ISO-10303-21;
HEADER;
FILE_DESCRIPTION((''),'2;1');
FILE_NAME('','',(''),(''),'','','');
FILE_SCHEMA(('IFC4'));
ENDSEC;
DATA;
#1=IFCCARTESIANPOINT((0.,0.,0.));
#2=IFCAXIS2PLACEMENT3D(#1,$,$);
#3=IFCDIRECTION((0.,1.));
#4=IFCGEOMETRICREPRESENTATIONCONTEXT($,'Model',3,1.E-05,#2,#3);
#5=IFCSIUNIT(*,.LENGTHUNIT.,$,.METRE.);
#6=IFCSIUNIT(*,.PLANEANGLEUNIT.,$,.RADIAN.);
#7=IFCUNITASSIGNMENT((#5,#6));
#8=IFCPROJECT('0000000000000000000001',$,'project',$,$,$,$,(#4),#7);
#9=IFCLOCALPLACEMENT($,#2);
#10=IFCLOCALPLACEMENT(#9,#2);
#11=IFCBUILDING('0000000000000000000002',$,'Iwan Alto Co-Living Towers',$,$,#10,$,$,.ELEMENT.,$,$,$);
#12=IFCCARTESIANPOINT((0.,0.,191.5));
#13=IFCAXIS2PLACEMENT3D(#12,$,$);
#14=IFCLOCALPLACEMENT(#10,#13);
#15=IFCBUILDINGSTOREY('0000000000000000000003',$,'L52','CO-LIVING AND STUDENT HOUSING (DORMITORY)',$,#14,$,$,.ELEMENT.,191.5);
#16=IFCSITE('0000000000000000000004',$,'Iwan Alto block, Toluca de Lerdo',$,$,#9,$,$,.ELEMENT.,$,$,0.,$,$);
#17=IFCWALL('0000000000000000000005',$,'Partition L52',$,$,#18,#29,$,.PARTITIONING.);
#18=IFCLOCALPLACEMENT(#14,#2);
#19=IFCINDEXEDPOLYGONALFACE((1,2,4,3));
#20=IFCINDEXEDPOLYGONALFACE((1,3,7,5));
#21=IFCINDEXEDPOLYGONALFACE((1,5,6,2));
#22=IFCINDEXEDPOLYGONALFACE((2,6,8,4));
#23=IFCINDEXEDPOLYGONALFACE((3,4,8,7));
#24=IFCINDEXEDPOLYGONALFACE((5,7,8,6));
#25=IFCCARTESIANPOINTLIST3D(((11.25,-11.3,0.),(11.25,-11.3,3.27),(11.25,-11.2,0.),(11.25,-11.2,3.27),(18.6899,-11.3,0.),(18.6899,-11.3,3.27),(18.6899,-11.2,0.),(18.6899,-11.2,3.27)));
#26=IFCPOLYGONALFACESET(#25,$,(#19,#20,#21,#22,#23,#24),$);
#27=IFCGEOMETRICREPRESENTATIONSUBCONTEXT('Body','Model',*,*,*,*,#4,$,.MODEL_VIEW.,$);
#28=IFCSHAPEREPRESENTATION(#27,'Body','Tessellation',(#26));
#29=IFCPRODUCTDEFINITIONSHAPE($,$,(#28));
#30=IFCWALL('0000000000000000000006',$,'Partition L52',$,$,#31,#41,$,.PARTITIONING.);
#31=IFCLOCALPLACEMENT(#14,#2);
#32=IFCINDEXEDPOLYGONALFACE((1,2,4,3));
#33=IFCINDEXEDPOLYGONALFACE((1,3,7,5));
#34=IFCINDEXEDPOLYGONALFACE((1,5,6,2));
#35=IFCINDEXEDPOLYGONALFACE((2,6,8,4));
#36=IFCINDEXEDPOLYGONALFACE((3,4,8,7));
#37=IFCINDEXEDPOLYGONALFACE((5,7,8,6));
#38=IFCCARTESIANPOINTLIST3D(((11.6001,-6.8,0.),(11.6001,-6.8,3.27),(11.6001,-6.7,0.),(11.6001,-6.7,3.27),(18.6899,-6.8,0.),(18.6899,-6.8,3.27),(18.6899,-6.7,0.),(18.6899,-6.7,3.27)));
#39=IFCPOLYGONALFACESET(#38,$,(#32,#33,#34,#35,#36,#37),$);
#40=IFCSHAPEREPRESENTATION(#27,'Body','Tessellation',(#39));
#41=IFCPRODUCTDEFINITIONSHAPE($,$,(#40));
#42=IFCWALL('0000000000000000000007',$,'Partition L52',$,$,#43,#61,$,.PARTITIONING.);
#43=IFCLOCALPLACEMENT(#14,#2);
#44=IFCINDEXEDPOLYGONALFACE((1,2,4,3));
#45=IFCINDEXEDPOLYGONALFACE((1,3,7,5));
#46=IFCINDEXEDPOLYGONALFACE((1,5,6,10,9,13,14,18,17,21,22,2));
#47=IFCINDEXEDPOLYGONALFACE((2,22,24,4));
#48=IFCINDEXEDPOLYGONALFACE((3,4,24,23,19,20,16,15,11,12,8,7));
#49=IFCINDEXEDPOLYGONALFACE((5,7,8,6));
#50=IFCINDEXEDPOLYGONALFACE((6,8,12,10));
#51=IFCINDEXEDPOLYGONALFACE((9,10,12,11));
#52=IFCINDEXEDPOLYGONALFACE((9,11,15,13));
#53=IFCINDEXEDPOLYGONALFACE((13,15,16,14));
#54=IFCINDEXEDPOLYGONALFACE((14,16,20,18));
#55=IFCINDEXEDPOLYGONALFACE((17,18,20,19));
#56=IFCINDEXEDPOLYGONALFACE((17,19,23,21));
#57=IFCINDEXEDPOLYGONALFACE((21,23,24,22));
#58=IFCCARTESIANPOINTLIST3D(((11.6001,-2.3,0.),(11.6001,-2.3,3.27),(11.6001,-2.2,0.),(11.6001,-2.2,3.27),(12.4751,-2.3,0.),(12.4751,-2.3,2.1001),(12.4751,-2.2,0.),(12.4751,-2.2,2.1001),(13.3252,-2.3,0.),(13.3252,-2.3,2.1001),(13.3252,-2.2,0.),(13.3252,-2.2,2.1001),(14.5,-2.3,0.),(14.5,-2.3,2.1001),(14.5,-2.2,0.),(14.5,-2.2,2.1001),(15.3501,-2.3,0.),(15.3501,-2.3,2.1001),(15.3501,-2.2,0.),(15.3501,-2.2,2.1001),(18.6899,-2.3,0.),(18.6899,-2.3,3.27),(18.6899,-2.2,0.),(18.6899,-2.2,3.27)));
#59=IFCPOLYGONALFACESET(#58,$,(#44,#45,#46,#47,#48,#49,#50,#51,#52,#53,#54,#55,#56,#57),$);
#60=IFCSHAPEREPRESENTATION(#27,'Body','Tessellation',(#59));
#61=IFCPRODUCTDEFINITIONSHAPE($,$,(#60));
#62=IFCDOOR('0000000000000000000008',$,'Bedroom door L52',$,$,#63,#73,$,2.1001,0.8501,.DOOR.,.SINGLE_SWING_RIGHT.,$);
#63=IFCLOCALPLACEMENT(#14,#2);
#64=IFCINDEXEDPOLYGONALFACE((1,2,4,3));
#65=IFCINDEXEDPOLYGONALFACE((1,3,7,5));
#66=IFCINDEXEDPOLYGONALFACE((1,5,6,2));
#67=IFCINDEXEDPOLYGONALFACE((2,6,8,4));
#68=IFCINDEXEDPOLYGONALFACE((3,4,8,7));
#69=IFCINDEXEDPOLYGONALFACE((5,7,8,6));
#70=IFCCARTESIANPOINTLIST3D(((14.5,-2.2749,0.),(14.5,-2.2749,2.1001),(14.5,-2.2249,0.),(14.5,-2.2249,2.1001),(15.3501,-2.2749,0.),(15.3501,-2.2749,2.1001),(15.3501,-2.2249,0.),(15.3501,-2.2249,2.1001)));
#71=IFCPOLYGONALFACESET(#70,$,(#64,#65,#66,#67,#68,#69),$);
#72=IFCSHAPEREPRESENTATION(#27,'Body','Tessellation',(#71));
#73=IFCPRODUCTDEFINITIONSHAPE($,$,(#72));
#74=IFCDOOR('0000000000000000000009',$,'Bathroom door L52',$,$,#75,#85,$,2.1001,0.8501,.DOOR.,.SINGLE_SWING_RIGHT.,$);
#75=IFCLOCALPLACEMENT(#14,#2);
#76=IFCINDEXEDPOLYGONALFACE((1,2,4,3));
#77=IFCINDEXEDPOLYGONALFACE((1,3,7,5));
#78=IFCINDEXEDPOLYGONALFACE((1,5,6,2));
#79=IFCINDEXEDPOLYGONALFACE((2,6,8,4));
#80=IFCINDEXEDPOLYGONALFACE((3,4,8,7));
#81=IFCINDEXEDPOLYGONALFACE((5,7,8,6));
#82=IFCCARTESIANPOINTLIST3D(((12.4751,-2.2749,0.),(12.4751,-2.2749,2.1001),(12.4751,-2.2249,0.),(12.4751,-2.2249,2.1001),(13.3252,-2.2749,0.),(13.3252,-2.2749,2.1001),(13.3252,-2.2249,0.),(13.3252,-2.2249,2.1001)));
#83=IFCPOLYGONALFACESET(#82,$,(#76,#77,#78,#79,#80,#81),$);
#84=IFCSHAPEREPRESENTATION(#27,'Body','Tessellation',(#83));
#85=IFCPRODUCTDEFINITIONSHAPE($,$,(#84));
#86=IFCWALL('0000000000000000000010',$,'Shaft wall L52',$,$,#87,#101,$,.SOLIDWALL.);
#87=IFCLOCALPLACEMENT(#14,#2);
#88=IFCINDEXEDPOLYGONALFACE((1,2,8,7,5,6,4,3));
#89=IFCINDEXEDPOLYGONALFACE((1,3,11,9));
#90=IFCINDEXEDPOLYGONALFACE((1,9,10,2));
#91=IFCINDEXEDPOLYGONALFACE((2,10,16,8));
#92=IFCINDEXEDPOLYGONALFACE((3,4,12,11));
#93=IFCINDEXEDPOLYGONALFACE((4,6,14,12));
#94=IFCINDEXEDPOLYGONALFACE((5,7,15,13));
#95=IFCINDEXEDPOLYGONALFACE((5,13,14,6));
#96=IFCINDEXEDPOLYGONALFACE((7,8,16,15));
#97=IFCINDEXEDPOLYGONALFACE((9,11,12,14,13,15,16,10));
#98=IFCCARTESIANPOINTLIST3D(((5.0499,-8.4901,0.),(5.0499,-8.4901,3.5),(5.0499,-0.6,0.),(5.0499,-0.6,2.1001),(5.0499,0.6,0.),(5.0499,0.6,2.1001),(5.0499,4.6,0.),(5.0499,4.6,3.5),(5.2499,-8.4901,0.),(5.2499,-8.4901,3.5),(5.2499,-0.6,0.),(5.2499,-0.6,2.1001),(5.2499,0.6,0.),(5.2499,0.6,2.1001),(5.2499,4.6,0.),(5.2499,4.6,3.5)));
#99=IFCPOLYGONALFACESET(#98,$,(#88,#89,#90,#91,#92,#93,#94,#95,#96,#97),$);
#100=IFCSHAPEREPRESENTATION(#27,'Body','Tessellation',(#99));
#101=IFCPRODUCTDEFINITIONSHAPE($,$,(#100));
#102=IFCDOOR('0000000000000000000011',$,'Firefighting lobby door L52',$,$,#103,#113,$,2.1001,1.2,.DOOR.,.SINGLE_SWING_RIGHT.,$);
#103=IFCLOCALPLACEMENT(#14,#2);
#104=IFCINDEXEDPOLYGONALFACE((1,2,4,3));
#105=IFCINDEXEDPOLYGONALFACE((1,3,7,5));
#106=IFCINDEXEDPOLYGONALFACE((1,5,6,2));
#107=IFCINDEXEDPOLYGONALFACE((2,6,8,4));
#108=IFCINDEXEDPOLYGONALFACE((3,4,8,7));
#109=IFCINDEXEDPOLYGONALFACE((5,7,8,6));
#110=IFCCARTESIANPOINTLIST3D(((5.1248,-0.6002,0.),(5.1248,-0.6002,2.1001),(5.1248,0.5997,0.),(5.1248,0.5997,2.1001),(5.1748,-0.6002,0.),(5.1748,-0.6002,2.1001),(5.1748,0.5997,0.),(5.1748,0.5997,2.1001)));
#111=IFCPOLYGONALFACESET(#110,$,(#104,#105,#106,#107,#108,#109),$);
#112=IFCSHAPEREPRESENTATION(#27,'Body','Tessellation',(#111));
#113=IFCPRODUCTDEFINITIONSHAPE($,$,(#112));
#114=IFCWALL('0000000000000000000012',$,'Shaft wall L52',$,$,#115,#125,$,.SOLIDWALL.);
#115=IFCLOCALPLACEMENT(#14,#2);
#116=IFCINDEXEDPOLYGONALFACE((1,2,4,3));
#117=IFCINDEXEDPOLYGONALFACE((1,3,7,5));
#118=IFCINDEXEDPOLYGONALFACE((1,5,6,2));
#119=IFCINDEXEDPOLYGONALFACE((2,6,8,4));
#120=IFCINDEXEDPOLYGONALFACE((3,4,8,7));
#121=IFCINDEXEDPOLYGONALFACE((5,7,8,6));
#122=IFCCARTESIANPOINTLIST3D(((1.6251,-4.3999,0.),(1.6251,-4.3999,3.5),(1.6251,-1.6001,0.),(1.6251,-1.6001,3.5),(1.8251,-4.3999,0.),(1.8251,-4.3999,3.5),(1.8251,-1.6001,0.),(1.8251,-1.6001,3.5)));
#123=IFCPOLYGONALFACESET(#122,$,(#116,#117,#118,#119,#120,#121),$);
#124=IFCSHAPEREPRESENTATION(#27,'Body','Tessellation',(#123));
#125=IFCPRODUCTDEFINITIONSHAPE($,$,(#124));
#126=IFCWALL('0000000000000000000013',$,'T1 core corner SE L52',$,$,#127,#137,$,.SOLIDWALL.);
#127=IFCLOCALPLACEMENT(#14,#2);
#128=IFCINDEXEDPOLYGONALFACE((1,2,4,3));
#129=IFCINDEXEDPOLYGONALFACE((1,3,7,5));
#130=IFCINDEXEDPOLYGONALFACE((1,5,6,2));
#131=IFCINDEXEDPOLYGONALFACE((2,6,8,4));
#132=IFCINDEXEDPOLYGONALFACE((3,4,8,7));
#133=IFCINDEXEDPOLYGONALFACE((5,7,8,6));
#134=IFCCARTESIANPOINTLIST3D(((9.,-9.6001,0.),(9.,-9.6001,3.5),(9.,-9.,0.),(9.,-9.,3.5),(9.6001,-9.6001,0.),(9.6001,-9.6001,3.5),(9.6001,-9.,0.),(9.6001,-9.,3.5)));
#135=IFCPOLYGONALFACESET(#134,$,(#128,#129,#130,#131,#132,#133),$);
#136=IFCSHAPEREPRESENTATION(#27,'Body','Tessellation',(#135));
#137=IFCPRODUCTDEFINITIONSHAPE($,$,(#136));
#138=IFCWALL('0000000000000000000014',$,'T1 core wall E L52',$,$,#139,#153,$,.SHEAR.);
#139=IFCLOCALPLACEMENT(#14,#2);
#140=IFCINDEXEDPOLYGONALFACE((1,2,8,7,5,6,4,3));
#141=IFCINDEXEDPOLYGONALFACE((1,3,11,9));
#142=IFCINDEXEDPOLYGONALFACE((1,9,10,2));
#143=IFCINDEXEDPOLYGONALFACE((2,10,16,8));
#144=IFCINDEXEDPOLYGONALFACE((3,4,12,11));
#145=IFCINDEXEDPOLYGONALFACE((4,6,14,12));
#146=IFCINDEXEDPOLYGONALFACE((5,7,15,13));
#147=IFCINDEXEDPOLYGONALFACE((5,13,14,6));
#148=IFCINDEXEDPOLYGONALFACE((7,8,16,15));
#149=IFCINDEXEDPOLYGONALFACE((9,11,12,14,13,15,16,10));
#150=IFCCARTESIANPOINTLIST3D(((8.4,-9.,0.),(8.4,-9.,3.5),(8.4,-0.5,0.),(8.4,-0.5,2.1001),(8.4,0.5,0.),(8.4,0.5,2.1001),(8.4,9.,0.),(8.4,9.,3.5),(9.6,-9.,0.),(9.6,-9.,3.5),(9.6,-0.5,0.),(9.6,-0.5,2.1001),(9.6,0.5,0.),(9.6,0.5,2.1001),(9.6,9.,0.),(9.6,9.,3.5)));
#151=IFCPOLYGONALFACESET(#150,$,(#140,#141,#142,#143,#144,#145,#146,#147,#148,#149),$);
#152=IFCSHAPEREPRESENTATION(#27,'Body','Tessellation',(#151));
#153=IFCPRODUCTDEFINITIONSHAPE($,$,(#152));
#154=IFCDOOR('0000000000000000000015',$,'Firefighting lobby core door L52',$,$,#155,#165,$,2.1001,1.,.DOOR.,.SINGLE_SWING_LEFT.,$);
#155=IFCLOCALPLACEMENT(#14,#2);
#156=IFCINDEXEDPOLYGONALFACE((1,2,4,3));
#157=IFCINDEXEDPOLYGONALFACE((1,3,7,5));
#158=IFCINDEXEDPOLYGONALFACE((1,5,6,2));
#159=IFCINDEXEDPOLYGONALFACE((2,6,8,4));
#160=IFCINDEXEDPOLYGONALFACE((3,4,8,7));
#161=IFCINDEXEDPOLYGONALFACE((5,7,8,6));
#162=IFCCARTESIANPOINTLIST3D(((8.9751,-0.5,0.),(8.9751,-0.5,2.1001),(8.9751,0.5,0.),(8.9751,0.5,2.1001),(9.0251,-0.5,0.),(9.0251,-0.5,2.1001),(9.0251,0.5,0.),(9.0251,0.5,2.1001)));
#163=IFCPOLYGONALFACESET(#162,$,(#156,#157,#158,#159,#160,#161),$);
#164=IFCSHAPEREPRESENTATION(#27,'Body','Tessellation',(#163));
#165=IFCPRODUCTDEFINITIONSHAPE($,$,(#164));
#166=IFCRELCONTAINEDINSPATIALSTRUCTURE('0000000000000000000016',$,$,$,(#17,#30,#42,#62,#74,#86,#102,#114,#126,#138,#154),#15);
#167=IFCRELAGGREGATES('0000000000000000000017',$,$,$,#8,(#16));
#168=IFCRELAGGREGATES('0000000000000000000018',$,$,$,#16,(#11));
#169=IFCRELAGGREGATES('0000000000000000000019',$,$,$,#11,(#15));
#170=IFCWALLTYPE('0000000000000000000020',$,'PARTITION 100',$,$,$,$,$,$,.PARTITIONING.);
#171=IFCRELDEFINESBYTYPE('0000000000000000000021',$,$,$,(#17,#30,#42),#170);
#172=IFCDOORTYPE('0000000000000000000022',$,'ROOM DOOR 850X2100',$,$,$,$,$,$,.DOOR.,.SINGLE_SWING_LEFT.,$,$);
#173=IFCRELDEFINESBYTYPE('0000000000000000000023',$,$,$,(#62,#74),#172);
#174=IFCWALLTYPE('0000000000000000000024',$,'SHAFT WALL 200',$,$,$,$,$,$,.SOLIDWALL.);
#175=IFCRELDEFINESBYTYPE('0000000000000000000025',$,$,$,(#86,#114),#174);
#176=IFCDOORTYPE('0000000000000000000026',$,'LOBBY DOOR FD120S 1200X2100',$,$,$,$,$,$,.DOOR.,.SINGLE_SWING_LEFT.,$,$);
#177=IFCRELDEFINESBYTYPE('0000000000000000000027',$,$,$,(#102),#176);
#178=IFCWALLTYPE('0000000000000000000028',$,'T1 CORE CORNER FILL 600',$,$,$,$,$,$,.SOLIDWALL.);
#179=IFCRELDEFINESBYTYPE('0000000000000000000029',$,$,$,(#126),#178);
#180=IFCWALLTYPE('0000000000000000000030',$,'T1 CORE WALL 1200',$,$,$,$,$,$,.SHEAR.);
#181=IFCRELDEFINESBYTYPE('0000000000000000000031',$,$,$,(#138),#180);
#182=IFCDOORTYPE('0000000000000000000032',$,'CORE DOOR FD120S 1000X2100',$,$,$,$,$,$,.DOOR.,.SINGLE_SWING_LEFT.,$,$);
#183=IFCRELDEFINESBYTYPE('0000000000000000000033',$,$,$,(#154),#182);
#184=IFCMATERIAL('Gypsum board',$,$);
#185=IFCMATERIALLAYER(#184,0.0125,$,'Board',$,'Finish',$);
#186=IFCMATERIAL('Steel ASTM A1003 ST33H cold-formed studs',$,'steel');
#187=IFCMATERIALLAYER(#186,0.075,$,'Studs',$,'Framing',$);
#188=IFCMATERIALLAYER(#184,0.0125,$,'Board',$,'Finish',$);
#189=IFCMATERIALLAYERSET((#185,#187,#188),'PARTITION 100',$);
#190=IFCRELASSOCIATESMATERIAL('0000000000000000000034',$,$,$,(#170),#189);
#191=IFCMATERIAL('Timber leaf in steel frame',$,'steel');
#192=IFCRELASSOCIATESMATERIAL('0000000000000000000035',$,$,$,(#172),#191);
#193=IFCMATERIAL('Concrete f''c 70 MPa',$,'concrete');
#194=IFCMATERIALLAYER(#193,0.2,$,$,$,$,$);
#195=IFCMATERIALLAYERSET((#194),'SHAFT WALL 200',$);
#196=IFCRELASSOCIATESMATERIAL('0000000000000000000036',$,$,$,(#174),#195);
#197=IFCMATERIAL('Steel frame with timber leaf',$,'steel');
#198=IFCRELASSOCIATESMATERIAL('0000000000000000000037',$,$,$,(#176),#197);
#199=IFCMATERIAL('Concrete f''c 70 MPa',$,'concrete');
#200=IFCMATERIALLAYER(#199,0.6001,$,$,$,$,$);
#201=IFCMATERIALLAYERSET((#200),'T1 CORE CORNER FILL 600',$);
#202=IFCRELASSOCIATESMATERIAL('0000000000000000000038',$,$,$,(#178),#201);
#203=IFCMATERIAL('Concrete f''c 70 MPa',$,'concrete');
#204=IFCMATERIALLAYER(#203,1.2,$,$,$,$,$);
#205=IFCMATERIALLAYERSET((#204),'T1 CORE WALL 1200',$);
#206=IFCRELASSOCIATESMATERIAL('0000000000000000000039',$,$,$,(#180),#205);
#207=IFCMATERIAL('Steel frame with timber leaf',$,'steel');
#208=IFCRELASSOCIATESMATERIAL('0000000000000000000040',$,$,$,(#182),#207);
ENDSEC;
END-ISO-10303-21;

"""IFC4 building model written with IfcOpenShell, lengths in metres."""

from ifc_helpers import new_model, si_unit, direction, frame, frame_2d, origin, place, context, subcontext, project, spatial, rectangle, extrude, material, layer, layer_set, type_object, element, fill, save


model = new_model("IFC4")

# Units and contexts
model_context = context("Model", 3, precision=1e-05, world=origin(), true_north=direction((0.0, 1.0)))
body_context = subcontext(model_context, "Body", "Model", "MODEL_VIEW")
ifc_project = project(units=[si_unit("LENGTHUNIT", "METRE"), si_unit("PLANEANGLEUNIT", "RADIAN")], contexts=[model_context])

# Site, building, storey
site_placement = place(None, origin())
site = spatial("IfcSite", under=ifc_project, at=site_placement, Name="Iwan Alto block, Toluca de Lerdo", CompositionType="ELEMENT", RefElevation=0.0)
building_placement = place(site_placement, origin())
building = spatial("IfcBuilding", under=site, at=building_placement, Name="Iwan Alto Co-Living Towers", CompositionType="ELEMENT")
storey_placement = place(building_placement, frame((0.0, 0.0, 191.5)))
storey = spatial("IfcBuildingStorey", under=building, at=storey_placement, Name="L52", Description="CO-LIVING AND STUDENT HOUSING (DORMITORY)", CompositionType="ELEMENT", Elevation=191.5)

# Shared definitions
ifc_material_1 = material(Name="Gypsum board")
ifc_material_2 = material(Name="Steel ASTM A1003 ST33H cold-formed studs", Category="steel")

# Walls
ifc_layer_1 = layer(ifc_material_1, 0.0125, Name="Board", Category="Finish")
ifc_layer_2 = layer(ifc_material_2, 0.075, Name="Studs", Category="Framing")
ifc_layer_3 = layer(ifc_material_1, 0.0125, Name="Board", Category="Finish")
ifc_layer_set_1 = layer_set([ifc_layer_1, ifc_layer_2, ifc_layer_3], Name="PARTITION 100")
wall_type_1 = type_object("IfcWallType", Name="PARTITION 100", PredefinedType="PARTITIONING", material=ifc_layer_set_1)
wall_1_placement = place(storey_placement, frame((11.25, -11.25, 0.0), z_axis=(0.0, 0.0, 1.0), x_axis=(1.0, 0.0, 0.0)))
element("IfcWall", 1, at=wall_1_placement, inside=storey, type_object=wall_type_1, Name="Partition L52", PredefinedType="PARTITIONING", context=body_context, shape_type="SweptSolid", body=[
    extrude(rectangle(XDim=7.4399, YDim=0.1001, at=frame_2d((3.72, 0.0))), origin(), (0.0, 0.0, 1.0), 3.27),
])
wall_2_placement = place(storey_placement, frame((11.6001, -6.75, 0.0), z_axis=(0.0, 0.0, 1.0), x_axis=(1.0, 0.0, 0.0)))
element("IfcWall", 2, at=wall_2_placement, inside=storey, type_object=wall_type_1, Name="Partition L52", PredefinedType="PARTITIONING", context=body_context, shape_type="SweptSolid", body=[
    extrude(rectangle(XDim=7.0898, YDim=0.1001, at=frame_2d((3.5449, 0.0))), origin(), (0.0, 0.0, 1.0), 3.27),
])

# Wall, openings, doors
wall_3_placement = place(storey_placement, frame((11.6001, -2.25, 0.0), z_axis=(0.0, 0.0, 1.0), x_axis=(1.0, 0.0, 0.0)))
wall_3 = element("IfcWall", 3, at=wall_3_placement, inside=storey, type_object=wall_type_1, Name="Partition L52", PredefinedType="PARTITIONING", context=body_context, shape_type="SweptSolid", body=[
    extrude(rectangle(XDim=7.0898, YDim=0.1001, at=frame_2d((3.5449, 0.0))), origin(), (0.0, 0.0, 1.0), 3.27),
])
opening_1_placement = place(wall_3_placement, frame((2.8999, 0.0, 0.0)))
opening_1 = element("IfcOpeningElement", 4, at=opening_1_placement, cuts=wall_3, PredefinedType="OPENING", context=body_context, shape_type="SweptSolid", body=[
    extrude(rectangle(XDim=0.8501, YDim=2.1001, at=frame_2d((0.425, 1.05))), frame((0.0, 0.0601, 0.0), z_axis=(0.0, -1.0, 0.0), x_axis=(1.0, 0.0, 0.0)), (0.0, 0.0, 1.0), 0.1201),
])
opening_2_placement = place(wall_3_placement, frame((0.875, 0.0, 0.0)))
opening_2 = element("IfcOpeningElement", 5, at=opening_2_placement, cuts=wall_3, PredefinedType="OPENING", context=body_context, shape_type="SweptSolid", body=[
    extrude(rectangle(XDim=0.8501, YDim=2.1001, at=frame_2d((0.425, 1.05))), frame((0.0, 0.0601, 0.0), z_axis=(0.0, -1.0, 0.0), x_axis=(1.0, 0.0, 0.0)), (0.0, 0.0, 1.0), 0.1201),
])
ifc_material_3 = material(Name="Timber leaf in steel frame", Category="steel")
door_type_1 = type_object("IfcDoorType", Name="ROOM DOOR 850X2100", OperationType="SINGLE_SWING_LEFT", PredefinedType="DOOR", material=ifc_material_3)
door_1_placement = place(opening_1_placement, frame((0.8501, 0.0, 0.0), z_axis=(0.0, 0.0, 1.0), x_axis=(-1.0, 0.0, 0.0)))
door_1 = element("IfcDoor", 6, at=door_1_placement, inside=storey, type_object=door_type_1, Name="Bedroom door L52", OperationType="SINGLE_SWING_RIGHT", OverallHeight=2.1001, OverallWidth=0.8501, PredefinedType="DOOR", context=body_context, shape_type="SweptSolid", body=[
    extrude(rectangle(XDim=0.8501, YDim=2.1001, at=frame_2d((0.425, 1.05))), frame((0.0, 0.0249, 0.0), z_axis=(0.0, -1.0, 0.0), x_axis=(1.0, 0.0, 0.0)), (0.0, 0.0, 1.0), 0.05),
])
fill(opening_1, door_1)
door_2_placement = place(opening_2_placement, frame((0.8501, 0.0, 0.0), z_axis=(0.0, 0.0, 1.0), x_axis=(-1.0, 0.0, 0.0)))
door_2 = element("IfcDoor", 7, at=door_2_placement, inside=storey, type_object=door_type_1, Name="Bathroom door L52", OperationType="SINGLE_SWING_RIGHT", OverallHeight=2.1001, OverallWidth=0.8501, PredefinedType="DOOR", context=body_context, shape_type="SweptSolid", body=[
    extrude(rectangle(XDim=0.8501, YDim=2.1001, at=frame_2d((0.425, 1.05))), frame((0.0, 0.0249, 0.0), z_axis=(0.0, -1.0, 0.0), x_axis=(1.0, 0.0, 0.0)), (0.0, 0.0, 1.0), 0.05),
])
fill(opening_2, door_2)

# Wall, opening, door
ifc_material_4 = material(Name="Concrete f'c 70 MPa", Category="concrete")
ifc_layer_4 = layer(ifc_material_4, 0.2)
ifc_layer_set_2 = layer_set([ifc_layer_4], Name="SHAFT WALL 200")
wall_type_2 = type_object("IfcWallType", Name="SHAFT WALL 200", PredefinedType="SOLIDWALL", material=ifc_layer_set_2)
wall_4_placement = place(storey_placement, frame((5.1499, -8.49, 0.0), z_axis=(0.0, 0.0, 1.0), x_axis=(0.0, 1.0, 0.0)))
wall_4 = element("IfcWall", 8, at=wall_4_placement, inside=storey, type_object=wall_type_2, Name="Shaft wall L52", PredefinedType="SOLIDWALL", context=body_context, shape_type="SweptSolid", body=[
    extrude(rectangle(XDim=13.0901, YDim=0.2, at=frame_2d((6.5449, 0.0))), origin(), (0.0, 0.0, 1.0), 3.5),
])
opening_3_placement = place(wall_4_placement, frame((7.8899, 0.0, 0.0)))
opening_3 = element("IfcOpeningElement", 9, at=opening_3_placement, cuts=wall_4, PredefinedType="OPENING", context=body_context, shape_type="SweptSolid", body=[
    extrude(rectangle(XDim=1.2, YDim=2.1001, at=frame_2d((0.6001, 1.05))), frame((0.0, 0.1099, 0.0), z_axis=(0.0, -1.0, 0.0), x_axis=(1.0, 0.0, 0.0)), (0.0, 0.0, 1.0), 0.22),
])
ifc_material_5 = material(Name="Steel frame with timber leaf", Category="steel")
door_type_2 = type_object("IfcDoorType", Name="LOBBY DOOR FD120S 1200X2100", OperationType="SINGLE_SWING_LEFT", PredefinedType="DOOR", material=ifc_material_5)
door_3_placement = place(opening_3_placement, frame((1.2, 0.0, 0.0), z_axis=(0.0, 0.0, 1.0), x_axis=(-1.0, 0.0, 0.0)))
door_3 = element("IfcDoor", 10, at=door_3_placement, inside=storey, type_object=door_type_2, Name="Firefighting lobby door L52", OperationType="SINGLE_SWING_RIGHT", OverallHeight=2.1001, OverallWidth=1.2, PredefinedType="DOOR", context=body_context, shape_type="SweptSolid", body=[
    extrude(rectangle(XDim=1.2, YDim=2.1001, at=frame_2d((0.6001, 1.05))), frame((0.0, 0.0249, 0.0), z_axis=(0.0, -1.0, 0.0), x_axis=(1.0, 0.0, 0.0)), (0.0, 0.0, 1.0), 0.05),
])
fill(opening_3, door_3)

# Walls
wall_5_placement = place(storey_placement, frame((1.7251, -4.3999, 0.0), z_axis=(0.0, 0.0, 1.0), x_axis=(0.0, 1.0, 0.0)))
element("IfcWall", 11, at=wall_5_placement, inside=storey, type_object=wall_type_2, Name="Shaft wall L52", PredefinedType="SOLIDWALL", context=body_context, shape_type="SweptSolid", body=[
    extrude(rectangle(XDim=2.7998, YDim=0.2, at=frame_2d((1.3999, 0.0))), origin(), (0.0, 0.0, 1.0), 3.5),
])
ifc_material_6 = material(Name="Concrete f'c 70 MPa", Category="concrete")
ifc_layer_5 = layer(ifc_material_6, 0.6001)
ifc_layer_set_3 = layer_set([ifc_layer_5], Name="T1 CORE CORNER FILL 600")
wall_type_3 = type_object("IfcWallType", Name="T1 CORE CORNER FILL 600", PredefinedType="SOLIDWALL", material=ifc_layer_set_3)
wall_6_placement = place(storey_placement, frame((9.0, -9.3, 0.0), z_axis=(0.0, 0.0, 1.0), x_axis=(1.0, 0.0, 0.0)))
element("IfcWall", 12, at=wall_6_placement, inside=storey, type_object=wall_type_3, Name="T1 core corner SE L52", PredefinedType="SOLIDWALL", context=body_context, shape_type="SweptSolid", body=[
    extrude(rectangle(XDim=0.6001, YDim=0.6001, at=frame_2d((0.3, 0.0))), origin(), (0.0, 0.0, 1.0), 3.5),
])

# Wall, opening, door
ifc_material_7 = material(Name="Concrete f'c 70 MPa", Category="concrete")
ifc_layer_6 = layer(ifc_material_7, 1.2)
ifc_layer_set_4 = layer_set([ifc_layer_6], Name="T1 CORE WALL 1200")
wall_type_4 = type_object("IfcWallType", Name="T1 CORE WALL 1200", PredefinedType="SHEAR", material=ifc_layer_set_4)
wall_7_placement = place(storey_placement, frame((9.0, -9.0, 0.0), z_axis=(0.0, 0.0, 1.0), x_axis=(0.0, 1.0, 0.0)))
wall_7 = element("IfcWall", 13, at=wall_7_placement, inside=storey, type_object=wall_type_4, Name="T1 core wall E L52", PredefinedType="SHEAR", context=body_context, shape_type="SweptSolid", body=[
    extrude(rectangle(XDim=18.0, YDim=1.2, at=frame_2d((9.0, 0.0))), origin(), (0.0, 0.0, 1.0), 3.5),
])
opening_4_placement = place(wall_7_placement, frame((8.5, 0.0, 0.0)))
opening_4 = element("IfcOpeningElement", 14, at=opening_4_placement, cuts=wall_7, PredefinedType="OPENING", context=body_context, shape_type="SweptSolid", body=[
    extrude(rectangle(XDim=1.0, YDim=2.1001, at=frame_2d((0.5, 1.05))), frame((0.0, 0.6099, 0.0), z_axis=(0.0, -1.0, 0.0), x_axis=(1.0, 0.0, 0.0)), (0.0, 0.0, 1.0), 1.22),
])
ifc_material_8 = material(Name="Steel frame with timber leaf", Category="steel")
door_type_3 = type_object("IfcDoorType", Name="CORE DOOR FD120S 1000X2100", OperationType="SINGLE_SWING_LEFT", PredefinedType="DOOR", material=ifc_material_8)
door_4_placement = place(opening_4_placement, origin())
door_4 = element("IfcDoor", 15, at=door_4_placement, inside=storey, type_object=door_type_3, Name="Firefighting lobby core door L52", OperationType="SINGLE_SWING_LEFT", OverallHeight=2.1001, OverallWidth=1.0, PredefinedType="DOOR", context=body_context, shape_type="SweptSolid", body=[
    extrude(rectangle(XDim=1.0, YDim=2.1001, at=frame_2d((0.5, 1.05))), frame((0.0, 0.0249, 0.0), z_axis=(0.0, -1.0, 0.0), x_axis=(1.0, 0.0, 0.0)), (0.0, 0.0, 1.0), 0.05),
])
fill(opening_4, door_4)

save(model, "model.ifc")
